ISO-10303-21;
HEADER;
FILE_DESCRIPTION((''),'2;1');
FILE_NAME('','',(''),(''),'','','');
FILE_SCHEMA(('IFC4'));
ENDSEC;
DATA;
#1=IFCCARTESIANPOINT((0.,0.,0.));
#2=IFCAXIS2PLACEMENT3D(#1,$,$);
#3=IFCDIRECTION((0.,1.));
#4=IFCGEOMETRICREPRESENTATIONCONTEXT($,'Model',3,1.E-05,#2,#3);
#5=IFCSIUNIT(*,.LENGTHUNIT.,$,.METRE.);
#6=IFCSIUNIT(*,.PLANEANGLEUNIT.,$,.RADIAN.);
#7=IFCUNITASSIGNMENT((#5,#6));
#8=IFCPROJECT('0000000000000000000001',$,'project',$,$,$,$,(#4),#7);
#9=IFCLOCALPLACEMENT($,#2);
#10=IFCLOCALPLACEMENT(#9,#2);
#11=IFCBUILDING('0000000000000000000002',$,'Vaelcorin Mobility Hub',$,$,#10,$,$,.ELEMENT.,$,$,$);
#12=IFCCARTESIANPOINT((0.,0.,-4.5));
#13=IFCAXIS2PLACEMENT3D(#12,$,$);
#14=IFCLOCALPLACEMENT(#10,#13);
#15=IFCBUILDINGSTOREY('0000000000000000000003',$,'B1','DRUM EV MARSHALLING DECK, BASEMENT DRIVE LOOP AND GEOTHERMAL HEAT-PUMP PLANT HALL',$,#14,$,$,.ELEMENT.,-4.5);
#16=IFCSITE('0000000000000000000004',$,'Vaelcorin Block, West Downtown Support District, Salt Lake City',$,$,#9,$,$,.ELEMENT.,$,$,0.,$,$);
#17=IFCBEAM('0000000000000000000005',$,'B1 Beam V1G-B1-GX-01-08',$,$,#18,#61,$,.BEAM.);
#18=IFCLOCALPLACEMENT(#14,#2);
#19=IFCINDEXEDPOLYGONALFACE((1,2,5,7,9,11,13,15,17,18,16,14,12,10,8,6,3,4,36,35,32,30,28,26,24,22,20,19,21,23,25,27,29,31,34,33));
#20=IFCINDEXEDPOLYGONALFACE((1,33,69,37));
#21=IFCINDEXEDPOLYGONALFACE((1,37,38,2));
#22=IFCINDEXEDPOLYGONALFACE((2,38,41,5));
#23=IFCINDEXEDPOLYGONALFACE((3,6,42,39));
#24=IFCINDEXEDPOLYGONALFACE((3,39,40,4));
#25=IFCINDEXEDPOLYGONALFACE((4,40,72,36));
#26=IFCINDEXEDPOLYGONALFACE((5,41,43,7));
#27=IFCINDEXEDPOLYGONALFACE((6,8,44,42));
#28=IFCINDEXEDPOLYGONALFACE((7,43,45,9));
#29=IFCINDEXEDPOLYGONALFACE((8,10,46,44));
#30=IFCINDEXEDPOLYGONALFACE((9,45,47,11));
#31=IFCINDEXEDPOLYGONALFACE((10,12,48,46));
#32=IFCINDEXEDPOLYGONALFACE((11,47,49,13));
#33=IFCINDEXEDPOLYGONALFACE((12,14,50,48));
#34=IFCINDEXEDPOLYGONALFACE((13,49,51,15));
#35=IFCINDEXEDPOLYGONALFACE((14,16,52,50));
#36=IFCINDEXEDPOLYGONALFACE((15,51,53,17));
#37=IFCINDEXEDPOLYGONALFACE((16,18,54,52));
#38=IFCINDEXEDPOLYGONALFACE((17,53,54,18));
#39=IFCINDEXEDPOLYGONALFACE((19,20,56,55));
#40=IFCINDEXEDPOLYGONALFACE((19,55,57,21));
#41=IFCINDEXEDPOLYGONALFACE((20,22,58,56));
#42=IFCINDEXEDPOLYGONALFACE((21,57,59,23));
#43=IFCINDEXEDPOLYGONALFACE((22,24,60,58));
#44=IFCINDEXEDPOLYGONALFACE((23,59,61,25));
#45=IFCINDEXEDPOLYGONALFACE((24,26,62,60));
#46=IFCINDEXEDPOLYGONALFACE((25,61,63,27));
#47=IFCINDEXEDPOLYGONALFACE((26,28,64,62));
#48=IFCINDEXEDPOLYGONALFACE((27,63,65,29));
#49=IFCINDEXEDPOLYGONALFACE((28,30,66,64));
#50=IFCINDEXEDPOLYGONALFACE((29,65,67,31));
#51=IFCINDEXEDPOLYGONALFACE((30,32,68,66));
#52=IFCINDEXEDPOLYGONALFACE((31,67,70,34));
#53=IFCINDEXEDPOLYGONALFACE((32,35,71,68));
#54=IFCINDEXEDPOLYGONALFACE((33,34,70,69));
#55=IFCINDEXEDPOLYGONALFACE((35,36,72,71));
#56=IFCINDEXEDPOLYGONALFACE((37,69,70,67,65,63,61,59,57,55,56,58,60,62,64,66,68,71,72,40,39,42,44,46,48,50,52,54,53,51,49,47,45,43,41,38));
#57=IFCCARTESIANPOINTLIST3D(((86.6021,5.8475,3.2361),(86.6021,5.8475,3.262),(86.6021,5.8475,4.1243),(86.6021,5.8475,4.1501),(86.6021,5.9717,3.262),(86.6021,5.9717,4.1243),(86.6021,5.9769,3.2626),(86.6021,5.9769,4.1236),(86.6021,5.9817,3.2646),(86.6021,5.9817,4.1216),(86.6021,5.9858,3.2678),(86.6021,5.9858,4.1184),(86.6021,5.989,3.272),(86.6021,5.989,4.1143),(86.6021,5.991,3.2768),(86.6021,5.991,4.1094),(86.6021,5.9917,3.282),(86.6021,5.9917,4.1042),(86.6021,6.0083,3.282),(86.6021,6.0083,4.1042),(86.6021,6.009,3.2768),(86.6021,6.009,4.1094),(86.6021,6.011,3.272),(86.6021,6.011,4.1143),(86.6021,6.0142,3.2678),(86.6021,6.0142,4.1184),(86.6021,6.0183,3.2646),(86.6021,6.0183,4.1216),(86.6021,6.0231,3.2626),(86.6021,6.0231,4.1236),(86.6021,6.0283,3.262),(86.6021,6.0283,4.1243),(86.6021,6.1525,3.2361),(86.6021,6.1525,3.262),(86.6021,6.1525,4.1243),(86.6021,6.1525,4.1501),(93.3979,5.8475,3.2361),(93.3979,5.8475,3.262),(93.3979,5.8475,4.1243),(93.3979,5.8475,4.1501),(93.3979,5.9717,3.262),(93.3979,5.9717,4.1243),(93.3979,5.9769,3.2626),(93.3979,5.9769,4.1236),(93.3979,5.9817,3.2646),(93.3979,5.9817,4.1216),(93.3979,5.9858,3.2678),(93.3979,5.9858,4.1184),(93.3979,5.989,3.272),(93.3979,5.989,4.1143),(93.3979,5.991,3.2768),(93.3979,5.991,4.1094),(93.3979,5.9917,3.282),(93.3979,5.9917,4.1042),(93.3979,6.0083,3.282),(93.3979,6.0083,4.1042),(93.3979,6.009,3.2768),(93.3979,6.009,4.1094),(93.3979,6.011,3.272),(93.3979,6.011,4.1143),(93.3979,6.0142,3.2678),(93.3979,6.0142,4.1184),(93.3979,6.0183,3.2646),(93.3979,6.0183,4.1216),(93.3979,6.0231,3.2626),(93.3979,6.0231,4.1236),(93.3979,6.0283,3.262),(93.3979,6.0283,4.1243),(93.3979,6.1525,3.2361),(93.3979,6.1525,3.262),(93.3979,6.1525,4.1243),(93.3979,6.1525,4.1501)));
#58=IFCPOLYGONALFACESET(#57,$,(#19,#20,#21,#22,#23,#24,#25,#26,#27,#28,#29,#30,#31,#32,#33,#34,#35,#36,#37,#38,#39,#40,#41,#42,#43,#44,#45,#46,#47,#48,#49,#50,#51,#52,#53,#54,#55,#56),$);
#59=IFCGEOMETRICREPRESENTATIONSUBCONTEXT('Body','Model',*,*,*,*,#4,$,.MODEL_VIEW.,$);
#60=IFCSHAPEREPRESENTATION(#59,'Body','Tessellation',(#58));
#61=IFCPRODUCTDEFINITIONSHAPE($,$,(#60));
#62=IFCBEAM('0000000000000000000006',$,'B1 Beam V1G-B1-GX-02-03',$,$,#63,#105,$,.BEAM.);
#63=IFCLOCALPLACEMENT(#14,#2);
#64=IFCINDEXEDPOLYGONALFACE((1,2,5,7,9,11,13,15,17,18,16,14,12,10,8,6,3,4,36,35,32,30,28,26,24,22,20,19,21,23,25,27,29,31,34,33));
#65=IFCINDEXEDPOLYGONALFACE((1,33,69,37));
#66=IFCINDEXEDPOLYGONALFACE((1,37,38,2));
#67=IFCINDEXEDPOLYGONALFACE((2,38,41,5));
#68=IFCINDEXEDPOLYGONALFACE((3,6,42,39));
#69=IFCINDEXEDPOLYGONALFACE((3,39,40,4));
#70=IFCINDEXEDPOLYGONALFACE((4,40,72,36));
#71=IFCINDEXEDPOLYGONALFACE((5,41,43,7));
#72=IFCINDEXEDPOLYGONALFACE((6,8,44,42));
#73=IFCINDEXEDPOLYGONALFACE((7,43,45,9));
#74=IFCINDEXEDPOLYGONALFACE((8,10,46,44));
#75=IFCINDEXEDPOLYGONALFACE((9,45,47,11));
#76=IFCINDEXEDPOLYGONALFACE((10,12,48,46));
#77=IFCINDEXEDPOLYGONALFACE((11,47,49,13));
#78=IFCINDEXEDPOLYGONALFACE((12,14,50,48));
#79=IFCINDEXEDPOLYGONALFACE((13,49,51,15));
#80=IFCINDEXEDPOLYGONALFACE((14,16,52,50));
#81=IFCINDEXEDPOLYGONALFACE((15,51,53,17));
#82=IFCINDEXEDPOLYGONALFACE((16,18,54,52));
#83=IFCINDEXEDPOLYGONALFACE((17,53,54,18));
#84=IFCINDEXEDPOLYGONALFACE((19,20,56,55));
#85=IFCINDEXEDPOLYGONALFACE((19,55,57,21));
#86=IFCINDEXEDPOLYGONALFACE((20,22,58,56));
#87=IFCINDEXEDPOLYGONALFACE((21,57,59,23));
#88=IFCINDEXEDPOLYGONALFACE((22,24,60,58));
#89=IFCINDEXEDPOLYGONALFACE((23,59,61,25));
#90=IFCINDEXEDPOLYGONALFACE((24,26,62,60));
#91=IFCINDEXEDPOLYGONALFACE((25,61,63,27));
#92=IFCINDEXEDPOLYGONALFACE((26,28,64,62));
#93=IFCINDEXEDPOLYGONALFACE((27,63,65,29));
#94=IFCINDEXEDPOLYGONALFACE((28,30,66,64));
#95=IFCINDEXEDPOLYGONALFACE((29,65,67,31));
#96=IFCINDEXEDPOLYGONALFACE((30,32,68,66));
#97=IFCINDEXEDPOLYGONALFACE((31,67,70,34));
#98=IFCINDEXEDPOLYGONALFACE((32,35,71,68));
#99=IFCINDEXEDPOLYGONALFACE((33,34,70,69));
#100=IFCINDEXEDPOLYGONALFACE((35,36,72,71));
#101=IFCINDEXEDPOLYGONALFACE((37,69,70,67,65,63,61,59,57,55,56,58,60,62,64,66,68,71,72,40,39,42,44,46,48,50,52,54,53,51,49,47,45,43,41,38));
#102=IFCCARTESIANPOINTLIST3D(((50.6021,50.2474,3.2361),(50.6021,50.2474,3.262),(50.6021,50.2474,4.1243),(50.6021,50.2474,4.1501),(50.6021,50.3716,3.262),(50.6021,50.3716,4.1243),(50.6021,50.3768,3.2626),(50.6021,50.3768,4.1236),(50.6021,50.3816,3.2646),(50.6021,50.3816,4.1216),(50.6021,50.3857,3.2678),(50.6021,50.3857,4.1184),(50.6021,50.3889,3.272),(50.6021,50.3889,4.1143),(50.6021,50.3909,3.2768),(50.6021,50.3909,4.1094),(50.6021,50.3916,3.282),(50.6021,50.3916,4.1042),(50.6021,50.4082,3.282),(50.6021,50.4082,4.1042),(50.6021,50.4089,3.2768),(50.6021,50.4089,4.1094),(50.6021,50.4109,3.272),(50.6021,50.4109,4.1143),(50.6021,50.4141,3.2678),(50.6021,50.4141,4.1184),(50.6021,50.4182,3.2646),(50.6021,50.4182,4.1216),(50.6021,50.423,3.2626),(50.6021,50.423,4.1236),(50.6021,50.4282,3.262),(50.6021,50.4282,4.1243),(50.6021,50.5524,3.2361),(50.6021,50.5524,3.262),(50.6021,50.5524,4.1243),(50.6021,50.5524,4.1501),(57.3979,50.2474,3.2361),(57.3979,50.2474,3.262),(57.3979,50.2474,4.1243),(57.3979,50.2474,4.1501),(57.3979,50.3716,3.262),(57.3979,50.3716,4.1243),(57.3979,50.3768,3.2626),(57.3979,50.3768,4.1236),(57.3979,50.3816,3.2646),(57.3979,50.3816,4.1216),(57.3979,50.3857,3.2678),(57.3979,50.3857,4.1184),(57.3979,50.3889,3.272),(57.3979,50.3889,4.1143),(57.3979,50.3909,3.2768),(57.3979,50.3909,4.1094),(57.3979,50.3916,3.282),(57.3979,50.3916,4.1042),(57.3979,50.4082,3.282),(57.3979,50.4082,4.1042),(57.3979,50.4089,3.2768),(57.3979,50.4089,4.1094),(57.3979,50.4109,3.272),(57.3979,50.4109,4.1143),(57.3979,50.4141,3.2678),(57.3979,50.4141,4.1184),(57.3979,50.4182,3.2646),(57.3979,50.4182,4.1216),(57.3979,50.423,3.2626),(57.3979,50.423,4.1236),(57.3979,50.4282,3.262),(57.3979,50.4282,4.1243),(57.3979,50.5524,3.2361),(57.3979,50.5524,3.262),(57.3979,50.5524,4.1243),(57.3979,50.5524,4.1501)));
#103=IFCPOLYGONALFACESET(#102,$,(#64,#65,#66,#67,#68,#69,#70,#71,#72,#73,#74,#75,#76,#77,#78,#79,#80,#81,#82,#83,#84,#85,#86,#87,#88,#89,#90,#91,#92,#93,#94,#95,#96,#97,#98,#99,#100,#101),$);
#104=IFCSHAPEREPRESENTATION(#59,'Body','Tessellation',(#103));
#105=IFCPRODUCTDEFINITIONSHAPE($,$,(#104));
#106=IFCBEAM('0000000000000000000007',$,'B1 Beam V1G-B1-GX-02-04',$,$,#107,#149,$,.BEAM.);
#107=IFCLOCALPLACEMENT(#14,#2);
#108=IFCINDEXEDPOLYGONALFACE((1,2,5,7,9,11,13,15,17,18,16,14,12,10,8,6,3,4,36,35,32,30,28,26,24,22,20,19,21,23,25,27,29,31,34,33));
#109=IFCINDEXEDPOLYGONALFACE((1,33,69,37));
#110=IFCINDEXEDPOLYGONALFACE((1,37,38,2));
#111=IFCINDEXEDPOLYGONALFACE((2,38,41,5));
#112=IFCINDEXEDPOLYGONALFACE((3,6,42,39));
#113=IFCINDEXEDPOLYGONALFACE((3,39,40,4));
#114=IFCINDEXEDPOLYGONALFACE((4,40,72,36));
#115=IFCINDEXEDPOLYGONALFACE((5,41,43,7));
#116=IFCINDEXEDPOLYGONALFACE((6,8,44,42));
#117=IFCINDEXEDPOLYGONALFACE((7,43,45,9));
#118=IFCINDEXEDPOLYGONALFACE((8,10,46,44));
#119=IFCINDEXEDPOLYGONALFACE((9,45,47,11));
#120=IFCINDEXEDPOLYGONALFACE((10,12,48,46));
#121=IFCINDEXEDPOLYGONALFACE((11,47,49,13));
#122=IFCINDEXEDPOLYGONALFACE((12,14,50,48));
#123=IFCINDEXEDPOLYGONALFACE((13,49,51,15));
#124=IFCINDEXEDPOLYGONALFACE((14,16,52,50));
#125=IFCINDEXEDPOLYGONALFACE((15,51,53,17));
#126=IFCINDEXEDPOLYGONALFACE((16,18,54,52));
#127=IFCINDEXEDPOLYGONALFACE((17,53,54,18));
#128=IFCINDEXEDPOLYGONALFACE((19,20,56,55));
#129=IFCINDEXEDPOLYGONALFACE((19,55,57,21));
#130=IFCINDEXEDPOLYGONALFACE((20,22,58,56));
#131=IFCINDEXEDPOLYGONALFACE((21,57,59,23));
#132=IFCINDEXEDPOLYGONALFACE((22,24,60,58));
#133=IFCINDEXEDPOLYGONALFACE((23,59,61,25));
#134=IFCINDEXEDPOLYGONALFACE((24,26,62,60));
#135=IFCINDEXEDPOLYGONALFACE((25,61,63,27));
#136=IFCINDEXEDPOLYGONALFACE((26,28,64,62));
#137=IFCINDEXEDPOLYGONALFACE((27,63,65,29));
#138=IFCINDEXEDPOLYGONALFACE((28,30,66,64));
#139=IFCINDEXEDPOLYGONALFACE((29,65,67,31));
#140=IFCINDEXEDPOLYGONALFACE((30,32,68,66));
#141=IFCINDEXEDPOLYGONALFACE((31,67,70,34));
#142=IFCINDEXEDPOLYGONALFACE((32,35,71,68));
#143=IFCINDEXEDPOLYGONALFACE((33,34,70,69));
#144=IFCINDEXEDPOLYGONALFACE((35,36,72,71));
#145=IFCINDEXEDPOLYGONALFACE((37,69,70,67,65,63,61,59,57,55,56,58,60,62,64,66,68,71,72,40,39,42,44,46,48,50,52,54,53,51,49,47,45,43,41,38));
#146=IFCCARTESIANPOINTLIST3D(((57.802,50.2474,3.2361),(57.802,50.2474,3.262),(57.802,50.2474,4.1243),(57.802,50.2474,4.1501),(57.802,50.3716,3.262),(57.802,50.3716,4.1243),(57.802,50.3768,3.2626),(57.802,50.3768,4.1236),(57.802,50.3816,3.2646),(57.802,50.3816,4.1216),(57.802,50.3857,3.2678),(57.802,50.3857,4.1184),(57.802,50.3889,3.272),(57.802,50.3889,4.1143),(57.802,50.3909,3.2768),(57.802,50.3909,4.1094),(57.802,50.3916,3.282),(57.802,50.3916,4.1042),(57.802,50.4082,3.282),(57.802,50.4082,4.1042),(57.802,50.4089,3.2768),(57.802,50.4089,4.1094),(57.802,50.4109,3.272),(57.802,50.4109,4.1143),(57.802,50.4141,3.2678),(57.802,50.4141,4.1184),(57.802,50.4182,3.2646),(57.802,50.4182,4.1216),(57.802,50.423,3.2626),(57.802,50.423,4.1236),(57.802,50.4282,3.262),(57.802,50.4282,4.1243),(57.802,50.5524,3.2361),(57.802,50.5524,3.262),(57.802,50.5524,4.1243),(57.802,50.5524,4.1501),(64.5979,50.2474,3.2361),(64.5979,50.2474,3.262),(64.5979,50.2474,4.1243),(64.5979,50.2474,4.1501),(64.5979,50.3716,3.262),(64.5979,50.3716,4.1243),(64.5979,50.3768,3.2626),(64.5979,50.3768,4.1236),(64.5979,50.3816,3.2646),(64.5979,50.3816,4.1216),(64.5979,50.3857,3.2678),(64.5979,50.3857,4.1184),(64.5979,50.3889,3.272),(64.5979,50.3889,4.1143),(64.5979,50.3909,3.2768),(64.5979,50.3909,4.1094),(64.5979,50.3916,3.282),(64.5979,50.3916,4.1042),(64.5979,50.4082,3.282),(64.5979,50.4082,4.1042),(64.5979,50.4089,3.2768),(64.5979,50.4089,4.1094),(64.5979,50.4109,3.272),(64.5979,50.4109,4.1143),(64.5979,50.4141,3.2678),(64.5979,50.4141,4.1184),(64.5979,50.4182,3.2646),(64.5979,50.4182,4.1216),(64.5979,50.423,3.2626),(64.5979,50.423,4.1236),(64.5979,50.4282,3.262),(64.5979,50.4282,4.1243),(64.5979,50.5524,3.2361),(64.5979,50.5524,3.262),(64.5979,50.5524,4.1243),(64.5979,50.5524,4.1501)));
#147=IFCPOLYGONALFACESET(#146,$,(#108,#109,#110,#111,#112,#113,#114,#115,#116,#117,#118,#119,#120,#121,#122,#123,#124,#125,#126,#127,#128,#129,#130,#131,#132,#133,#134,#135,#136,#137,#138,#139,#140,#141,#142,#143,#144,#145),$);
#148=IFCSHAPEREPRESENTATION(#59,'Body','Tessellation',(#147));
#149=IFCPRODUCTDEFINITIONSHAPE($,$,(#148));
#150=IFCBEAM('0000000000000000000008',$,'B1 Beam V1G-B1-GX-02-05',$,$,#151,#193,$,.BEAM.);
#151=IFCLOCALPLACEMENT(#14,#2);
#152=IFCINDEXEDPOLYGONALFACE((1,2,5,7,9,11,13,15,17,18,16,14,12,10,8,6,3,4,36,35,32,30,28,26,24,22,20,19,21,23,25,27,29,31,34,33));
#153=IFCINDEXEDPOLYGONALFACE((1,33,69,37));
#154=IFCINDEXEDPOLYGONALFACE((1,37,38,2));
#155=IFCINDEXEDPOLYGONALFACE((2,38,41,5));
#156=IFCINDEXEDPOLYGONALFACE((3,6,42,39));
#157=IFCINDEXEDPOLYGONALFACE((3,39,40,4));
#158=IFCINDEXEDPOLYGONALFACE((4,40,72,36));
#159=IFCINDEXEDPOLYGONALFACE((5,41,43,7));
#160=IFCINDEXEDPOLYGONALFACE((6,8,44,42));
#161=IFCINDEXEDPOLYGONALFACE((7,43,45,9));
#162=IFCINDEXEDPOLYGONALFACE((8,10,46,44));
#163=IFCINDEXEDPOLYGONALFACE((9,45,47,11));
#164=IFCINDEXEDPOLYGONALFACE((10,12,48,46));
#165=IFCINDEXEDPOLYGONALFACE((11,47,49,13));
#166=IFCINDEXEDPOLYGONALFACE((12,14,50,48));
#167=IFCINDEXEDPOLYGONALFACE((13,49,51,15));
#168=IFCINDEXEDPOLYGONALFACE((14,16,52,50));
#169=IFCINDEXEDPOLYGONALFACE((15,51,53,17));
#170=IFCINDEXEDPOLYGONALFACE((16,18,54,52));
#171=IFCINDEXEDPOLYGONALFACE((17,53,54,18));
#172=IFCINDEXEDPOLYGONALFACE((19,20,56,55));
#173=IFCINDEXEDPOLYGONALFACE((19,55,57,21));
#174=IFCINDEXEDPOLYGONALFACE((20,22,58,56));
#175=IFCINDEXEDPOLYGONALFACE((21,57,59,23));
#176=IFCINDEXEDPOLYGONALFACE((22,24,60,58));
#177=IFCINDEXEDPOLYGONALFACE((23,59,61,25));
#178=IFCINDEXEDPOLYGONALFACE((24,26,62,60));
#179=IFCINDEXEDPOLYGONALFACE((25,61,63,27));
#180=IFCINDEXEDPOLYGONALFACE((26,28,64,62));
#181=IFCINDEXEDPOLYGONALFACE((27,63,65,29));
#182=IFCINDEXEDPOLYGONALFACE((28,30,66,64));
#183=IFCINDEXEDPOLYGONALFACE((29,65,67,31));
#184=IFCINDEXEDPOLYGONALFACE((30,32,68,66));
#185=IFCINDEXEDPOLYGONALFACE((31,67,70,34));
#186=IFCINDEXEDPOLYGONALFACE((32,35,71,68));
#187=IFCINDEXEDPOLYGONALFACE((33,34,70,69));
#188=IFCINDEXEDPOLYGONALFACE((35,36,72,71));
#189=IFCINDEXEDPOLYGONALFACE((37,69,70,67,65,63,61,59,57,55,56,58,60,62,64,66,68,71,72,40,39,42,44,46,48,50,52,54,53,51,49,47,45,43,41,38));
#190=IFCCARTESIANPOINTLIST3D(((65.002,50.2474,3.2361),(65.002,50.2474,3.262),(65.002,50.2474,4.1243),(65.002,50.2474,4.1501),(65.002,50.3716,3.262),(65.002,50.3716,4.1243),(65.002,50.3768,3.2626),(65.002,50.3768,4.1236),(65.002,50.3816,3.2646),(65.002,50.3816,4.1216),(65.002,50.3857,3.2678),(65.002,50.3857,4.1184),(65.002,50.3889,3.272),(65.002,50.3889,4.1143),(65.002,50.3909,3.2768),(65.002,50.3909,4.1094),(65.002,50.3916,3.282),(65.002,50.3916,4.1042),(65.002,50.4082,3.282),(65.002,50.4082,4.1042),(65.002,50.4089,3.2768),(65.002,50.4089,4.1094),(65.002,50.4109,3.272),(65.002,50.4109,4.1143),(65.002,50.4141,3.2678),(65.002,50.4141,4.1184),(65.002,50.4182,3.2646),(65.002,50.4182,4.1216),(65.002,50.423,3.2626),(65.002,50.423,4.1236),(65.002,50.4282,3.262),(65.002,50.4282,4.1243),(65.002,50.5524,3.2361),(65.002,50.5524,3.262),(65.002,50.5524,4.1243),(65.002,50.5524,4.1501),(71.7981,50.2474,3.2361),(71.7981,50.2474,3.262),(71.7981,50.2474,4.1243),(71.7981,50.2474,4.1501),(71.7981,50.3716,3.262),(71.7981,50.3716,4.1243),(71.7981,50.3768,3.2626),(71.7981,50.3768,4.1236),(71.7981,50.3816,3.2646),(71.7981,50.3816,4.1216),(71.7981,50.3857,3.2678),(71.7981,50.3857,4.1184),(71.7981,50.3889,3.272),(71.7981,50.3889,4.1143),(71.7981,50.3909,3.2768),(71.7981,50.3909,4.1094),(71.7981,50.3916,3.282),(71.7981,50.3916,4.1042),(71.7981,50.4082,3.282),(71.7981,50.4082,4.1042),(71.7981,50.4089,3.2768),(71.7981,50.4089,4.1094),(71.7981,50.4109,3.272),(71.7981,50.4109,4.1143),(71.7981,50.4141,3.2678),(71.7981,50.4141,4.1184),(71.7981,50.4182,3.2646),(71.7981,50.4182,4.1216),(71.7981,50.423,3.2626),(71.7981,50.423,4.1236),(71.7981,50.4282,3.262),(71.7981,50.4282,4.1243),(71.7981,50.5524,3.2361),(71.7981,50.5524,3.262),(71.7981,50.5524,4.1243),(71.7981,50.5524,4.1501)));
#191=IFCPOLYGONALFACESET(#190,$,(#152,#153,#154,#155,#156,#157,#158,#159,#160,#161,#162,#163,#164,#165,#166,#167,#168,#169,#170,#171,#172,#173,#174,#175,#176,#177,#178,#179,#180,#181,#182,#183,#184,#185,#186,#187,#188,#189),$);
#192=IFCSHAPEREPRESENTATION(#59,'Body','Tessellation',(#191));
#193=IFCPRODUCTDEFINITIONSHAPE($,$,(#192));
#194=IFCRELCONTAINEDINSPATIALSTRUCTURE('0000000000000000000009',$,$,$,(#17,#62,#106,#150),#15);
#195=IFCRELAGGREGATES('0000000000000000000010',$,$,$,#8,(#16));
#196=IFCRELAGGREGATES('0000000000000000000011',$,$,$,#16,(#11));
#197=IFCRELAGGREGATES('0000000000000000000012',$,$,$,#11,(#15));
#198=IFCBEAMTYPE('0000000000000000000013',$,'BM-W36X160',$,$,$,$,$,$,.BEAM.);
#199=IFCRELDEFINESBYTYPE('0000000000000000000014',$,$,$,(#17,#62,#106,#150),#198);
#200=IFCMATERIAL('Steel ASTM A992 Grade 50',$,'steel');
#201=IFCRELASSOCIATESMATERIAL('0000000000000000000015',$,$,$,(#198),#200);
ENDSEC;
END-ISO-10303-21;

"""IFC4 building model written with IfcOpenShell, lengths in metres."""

from ifc_helpers import new_model, si_unit, direction, frame, origin, origin_2d, place, context, subcontext, project, spatial, i_section, extrude, material, material_profile, profile_set, type_object, element, save


model = new_model("IFC4")

# Units and contexts
model_context = context("Model", 3, precision=1e-05, world=origin(), true_north=direction((0.0, 1.0)))
body_context = subcontext(model_context, "Body", "Model", "MODEL_VIEW")
ifc_project = project(units=[si_unit("LENGTHUNIT", "METRE"), si_unit("PLANEANGLEUNIT", "RADIAN")], contexts=[model_context])

# Site, building, storey
site_placement = place(None, origin())
site = spatial("IfcSite", under=ifc_project, at=site_placement, Name="Vaelcorin Block, West Downtown Support District, Salt Lake City", CompositionType="ELEMENT", RefElevation=0.0)
building_placement = place(site_placement, origin())
building = spatial("IfcBuilding", under=site, at=building_placement, Name="Vaelcorin Mobility Hub", CompositionType="ELEMENT")
storey_placement = place(building_placement, frame((0.0, 0.0, -4.5)))
storey = spatial("IfcBuildingStorey", under=building, at=storey_placement, Name="B1", Description="DRUM EV MARSHALLING DECK, BASEMENT DRIVE LOOP AND GEOTHERMAL HEAT-PUMP PLANT HALL", CompositionType="ELEMENT", Elevation=-4.5)

# Shared definitions
ifc_material_1 = material(Name="Steel ASTM A992 Grade 50", Category="steel")

# Beams
ifc_material_profile_1 = material_profile(ifc_material_1, i_section(OverallWidth=0.3049, OverallDepth=0.9141, WebThickness=0.0166, FlangeThickness=0.0259, FilletRadius=0.02, at=origin_2d()), Name="W36X160")
ifc_profile_set_1 = profile_set([ifc_material_profile_1], Name="Steel ASTM A992 Grade 50")
beam_type_1 = type_object("IfcBeamType", Name="BM-W36X160", PredefinedType="BEAM", material=ifc_profile_set_1)
for number, where, z_axis, x_axis, name in (
    (1, (86.6021, 6.0, 3.6931), (1.0, 0.0, 0.0), (0.0, 1.0, 0.0), "B1 Beam V1G-B1-GX-01-08"),
    (2, (50.6021, 50.3999, 3.6931), (1.0, 0.0, 0.0), (0.0, 1.0, 0.0), "B1 Beam V1G-B1-GX-02-03"),
    (3, (57.802, 50.3999, 3.6931), (1.0, 0.0, 0.0), (0.0, 1.0, 0.0), "B1 Beam V1G-B1-GX-02-04"),
):
    element("IfcBeam", number, at=place(storey_placement, frame(where, z_axis=z_axis, x_axis=x_axis)), inside=storey, type_object=beam_type_1, Name=name, PredefinedType="BEAM", context=body_context, shape_type="SweptSolid", body=[
        extrude(i_section(OverallWidth=0.3049, OverallDepth=0.9141, WebThickness=0.0166, FlangeThickness=0.0259, FilletRadius=0.02, at=origin_2d()), origin(), (0.0, 0.0, 1.0), 6.7959),
    ])
for number, where, z_axis, x_axis, name in (
    (4, (65.002, 50.3999, 3.6931), (1.0, 0.0, 0.0), (0.0, 1.0, 0.0), "B1 Beam V1G-B1-GX-02-05"),
):
    element("IfcBeam", number, at=place(storey_placement, frame(where, z_axis=z_axis, x_axis=x_axis)), inside=storey, type_object=beam_type_1, Name=name, PredefinedType="BEAM", context=body_context, shape_type="SweptSolid", body=[
        extrude(i_section(OverallWidth=0.3049, OverallDepth=0.9141, WebThickness=0.0166, FlangeThickness=0.0259, FilletRadius=0.02, at=origin_2d()), origin(), (0.0, 0.0, 1.0), 6.7961),
    ])

save(model, "model.ifc")
